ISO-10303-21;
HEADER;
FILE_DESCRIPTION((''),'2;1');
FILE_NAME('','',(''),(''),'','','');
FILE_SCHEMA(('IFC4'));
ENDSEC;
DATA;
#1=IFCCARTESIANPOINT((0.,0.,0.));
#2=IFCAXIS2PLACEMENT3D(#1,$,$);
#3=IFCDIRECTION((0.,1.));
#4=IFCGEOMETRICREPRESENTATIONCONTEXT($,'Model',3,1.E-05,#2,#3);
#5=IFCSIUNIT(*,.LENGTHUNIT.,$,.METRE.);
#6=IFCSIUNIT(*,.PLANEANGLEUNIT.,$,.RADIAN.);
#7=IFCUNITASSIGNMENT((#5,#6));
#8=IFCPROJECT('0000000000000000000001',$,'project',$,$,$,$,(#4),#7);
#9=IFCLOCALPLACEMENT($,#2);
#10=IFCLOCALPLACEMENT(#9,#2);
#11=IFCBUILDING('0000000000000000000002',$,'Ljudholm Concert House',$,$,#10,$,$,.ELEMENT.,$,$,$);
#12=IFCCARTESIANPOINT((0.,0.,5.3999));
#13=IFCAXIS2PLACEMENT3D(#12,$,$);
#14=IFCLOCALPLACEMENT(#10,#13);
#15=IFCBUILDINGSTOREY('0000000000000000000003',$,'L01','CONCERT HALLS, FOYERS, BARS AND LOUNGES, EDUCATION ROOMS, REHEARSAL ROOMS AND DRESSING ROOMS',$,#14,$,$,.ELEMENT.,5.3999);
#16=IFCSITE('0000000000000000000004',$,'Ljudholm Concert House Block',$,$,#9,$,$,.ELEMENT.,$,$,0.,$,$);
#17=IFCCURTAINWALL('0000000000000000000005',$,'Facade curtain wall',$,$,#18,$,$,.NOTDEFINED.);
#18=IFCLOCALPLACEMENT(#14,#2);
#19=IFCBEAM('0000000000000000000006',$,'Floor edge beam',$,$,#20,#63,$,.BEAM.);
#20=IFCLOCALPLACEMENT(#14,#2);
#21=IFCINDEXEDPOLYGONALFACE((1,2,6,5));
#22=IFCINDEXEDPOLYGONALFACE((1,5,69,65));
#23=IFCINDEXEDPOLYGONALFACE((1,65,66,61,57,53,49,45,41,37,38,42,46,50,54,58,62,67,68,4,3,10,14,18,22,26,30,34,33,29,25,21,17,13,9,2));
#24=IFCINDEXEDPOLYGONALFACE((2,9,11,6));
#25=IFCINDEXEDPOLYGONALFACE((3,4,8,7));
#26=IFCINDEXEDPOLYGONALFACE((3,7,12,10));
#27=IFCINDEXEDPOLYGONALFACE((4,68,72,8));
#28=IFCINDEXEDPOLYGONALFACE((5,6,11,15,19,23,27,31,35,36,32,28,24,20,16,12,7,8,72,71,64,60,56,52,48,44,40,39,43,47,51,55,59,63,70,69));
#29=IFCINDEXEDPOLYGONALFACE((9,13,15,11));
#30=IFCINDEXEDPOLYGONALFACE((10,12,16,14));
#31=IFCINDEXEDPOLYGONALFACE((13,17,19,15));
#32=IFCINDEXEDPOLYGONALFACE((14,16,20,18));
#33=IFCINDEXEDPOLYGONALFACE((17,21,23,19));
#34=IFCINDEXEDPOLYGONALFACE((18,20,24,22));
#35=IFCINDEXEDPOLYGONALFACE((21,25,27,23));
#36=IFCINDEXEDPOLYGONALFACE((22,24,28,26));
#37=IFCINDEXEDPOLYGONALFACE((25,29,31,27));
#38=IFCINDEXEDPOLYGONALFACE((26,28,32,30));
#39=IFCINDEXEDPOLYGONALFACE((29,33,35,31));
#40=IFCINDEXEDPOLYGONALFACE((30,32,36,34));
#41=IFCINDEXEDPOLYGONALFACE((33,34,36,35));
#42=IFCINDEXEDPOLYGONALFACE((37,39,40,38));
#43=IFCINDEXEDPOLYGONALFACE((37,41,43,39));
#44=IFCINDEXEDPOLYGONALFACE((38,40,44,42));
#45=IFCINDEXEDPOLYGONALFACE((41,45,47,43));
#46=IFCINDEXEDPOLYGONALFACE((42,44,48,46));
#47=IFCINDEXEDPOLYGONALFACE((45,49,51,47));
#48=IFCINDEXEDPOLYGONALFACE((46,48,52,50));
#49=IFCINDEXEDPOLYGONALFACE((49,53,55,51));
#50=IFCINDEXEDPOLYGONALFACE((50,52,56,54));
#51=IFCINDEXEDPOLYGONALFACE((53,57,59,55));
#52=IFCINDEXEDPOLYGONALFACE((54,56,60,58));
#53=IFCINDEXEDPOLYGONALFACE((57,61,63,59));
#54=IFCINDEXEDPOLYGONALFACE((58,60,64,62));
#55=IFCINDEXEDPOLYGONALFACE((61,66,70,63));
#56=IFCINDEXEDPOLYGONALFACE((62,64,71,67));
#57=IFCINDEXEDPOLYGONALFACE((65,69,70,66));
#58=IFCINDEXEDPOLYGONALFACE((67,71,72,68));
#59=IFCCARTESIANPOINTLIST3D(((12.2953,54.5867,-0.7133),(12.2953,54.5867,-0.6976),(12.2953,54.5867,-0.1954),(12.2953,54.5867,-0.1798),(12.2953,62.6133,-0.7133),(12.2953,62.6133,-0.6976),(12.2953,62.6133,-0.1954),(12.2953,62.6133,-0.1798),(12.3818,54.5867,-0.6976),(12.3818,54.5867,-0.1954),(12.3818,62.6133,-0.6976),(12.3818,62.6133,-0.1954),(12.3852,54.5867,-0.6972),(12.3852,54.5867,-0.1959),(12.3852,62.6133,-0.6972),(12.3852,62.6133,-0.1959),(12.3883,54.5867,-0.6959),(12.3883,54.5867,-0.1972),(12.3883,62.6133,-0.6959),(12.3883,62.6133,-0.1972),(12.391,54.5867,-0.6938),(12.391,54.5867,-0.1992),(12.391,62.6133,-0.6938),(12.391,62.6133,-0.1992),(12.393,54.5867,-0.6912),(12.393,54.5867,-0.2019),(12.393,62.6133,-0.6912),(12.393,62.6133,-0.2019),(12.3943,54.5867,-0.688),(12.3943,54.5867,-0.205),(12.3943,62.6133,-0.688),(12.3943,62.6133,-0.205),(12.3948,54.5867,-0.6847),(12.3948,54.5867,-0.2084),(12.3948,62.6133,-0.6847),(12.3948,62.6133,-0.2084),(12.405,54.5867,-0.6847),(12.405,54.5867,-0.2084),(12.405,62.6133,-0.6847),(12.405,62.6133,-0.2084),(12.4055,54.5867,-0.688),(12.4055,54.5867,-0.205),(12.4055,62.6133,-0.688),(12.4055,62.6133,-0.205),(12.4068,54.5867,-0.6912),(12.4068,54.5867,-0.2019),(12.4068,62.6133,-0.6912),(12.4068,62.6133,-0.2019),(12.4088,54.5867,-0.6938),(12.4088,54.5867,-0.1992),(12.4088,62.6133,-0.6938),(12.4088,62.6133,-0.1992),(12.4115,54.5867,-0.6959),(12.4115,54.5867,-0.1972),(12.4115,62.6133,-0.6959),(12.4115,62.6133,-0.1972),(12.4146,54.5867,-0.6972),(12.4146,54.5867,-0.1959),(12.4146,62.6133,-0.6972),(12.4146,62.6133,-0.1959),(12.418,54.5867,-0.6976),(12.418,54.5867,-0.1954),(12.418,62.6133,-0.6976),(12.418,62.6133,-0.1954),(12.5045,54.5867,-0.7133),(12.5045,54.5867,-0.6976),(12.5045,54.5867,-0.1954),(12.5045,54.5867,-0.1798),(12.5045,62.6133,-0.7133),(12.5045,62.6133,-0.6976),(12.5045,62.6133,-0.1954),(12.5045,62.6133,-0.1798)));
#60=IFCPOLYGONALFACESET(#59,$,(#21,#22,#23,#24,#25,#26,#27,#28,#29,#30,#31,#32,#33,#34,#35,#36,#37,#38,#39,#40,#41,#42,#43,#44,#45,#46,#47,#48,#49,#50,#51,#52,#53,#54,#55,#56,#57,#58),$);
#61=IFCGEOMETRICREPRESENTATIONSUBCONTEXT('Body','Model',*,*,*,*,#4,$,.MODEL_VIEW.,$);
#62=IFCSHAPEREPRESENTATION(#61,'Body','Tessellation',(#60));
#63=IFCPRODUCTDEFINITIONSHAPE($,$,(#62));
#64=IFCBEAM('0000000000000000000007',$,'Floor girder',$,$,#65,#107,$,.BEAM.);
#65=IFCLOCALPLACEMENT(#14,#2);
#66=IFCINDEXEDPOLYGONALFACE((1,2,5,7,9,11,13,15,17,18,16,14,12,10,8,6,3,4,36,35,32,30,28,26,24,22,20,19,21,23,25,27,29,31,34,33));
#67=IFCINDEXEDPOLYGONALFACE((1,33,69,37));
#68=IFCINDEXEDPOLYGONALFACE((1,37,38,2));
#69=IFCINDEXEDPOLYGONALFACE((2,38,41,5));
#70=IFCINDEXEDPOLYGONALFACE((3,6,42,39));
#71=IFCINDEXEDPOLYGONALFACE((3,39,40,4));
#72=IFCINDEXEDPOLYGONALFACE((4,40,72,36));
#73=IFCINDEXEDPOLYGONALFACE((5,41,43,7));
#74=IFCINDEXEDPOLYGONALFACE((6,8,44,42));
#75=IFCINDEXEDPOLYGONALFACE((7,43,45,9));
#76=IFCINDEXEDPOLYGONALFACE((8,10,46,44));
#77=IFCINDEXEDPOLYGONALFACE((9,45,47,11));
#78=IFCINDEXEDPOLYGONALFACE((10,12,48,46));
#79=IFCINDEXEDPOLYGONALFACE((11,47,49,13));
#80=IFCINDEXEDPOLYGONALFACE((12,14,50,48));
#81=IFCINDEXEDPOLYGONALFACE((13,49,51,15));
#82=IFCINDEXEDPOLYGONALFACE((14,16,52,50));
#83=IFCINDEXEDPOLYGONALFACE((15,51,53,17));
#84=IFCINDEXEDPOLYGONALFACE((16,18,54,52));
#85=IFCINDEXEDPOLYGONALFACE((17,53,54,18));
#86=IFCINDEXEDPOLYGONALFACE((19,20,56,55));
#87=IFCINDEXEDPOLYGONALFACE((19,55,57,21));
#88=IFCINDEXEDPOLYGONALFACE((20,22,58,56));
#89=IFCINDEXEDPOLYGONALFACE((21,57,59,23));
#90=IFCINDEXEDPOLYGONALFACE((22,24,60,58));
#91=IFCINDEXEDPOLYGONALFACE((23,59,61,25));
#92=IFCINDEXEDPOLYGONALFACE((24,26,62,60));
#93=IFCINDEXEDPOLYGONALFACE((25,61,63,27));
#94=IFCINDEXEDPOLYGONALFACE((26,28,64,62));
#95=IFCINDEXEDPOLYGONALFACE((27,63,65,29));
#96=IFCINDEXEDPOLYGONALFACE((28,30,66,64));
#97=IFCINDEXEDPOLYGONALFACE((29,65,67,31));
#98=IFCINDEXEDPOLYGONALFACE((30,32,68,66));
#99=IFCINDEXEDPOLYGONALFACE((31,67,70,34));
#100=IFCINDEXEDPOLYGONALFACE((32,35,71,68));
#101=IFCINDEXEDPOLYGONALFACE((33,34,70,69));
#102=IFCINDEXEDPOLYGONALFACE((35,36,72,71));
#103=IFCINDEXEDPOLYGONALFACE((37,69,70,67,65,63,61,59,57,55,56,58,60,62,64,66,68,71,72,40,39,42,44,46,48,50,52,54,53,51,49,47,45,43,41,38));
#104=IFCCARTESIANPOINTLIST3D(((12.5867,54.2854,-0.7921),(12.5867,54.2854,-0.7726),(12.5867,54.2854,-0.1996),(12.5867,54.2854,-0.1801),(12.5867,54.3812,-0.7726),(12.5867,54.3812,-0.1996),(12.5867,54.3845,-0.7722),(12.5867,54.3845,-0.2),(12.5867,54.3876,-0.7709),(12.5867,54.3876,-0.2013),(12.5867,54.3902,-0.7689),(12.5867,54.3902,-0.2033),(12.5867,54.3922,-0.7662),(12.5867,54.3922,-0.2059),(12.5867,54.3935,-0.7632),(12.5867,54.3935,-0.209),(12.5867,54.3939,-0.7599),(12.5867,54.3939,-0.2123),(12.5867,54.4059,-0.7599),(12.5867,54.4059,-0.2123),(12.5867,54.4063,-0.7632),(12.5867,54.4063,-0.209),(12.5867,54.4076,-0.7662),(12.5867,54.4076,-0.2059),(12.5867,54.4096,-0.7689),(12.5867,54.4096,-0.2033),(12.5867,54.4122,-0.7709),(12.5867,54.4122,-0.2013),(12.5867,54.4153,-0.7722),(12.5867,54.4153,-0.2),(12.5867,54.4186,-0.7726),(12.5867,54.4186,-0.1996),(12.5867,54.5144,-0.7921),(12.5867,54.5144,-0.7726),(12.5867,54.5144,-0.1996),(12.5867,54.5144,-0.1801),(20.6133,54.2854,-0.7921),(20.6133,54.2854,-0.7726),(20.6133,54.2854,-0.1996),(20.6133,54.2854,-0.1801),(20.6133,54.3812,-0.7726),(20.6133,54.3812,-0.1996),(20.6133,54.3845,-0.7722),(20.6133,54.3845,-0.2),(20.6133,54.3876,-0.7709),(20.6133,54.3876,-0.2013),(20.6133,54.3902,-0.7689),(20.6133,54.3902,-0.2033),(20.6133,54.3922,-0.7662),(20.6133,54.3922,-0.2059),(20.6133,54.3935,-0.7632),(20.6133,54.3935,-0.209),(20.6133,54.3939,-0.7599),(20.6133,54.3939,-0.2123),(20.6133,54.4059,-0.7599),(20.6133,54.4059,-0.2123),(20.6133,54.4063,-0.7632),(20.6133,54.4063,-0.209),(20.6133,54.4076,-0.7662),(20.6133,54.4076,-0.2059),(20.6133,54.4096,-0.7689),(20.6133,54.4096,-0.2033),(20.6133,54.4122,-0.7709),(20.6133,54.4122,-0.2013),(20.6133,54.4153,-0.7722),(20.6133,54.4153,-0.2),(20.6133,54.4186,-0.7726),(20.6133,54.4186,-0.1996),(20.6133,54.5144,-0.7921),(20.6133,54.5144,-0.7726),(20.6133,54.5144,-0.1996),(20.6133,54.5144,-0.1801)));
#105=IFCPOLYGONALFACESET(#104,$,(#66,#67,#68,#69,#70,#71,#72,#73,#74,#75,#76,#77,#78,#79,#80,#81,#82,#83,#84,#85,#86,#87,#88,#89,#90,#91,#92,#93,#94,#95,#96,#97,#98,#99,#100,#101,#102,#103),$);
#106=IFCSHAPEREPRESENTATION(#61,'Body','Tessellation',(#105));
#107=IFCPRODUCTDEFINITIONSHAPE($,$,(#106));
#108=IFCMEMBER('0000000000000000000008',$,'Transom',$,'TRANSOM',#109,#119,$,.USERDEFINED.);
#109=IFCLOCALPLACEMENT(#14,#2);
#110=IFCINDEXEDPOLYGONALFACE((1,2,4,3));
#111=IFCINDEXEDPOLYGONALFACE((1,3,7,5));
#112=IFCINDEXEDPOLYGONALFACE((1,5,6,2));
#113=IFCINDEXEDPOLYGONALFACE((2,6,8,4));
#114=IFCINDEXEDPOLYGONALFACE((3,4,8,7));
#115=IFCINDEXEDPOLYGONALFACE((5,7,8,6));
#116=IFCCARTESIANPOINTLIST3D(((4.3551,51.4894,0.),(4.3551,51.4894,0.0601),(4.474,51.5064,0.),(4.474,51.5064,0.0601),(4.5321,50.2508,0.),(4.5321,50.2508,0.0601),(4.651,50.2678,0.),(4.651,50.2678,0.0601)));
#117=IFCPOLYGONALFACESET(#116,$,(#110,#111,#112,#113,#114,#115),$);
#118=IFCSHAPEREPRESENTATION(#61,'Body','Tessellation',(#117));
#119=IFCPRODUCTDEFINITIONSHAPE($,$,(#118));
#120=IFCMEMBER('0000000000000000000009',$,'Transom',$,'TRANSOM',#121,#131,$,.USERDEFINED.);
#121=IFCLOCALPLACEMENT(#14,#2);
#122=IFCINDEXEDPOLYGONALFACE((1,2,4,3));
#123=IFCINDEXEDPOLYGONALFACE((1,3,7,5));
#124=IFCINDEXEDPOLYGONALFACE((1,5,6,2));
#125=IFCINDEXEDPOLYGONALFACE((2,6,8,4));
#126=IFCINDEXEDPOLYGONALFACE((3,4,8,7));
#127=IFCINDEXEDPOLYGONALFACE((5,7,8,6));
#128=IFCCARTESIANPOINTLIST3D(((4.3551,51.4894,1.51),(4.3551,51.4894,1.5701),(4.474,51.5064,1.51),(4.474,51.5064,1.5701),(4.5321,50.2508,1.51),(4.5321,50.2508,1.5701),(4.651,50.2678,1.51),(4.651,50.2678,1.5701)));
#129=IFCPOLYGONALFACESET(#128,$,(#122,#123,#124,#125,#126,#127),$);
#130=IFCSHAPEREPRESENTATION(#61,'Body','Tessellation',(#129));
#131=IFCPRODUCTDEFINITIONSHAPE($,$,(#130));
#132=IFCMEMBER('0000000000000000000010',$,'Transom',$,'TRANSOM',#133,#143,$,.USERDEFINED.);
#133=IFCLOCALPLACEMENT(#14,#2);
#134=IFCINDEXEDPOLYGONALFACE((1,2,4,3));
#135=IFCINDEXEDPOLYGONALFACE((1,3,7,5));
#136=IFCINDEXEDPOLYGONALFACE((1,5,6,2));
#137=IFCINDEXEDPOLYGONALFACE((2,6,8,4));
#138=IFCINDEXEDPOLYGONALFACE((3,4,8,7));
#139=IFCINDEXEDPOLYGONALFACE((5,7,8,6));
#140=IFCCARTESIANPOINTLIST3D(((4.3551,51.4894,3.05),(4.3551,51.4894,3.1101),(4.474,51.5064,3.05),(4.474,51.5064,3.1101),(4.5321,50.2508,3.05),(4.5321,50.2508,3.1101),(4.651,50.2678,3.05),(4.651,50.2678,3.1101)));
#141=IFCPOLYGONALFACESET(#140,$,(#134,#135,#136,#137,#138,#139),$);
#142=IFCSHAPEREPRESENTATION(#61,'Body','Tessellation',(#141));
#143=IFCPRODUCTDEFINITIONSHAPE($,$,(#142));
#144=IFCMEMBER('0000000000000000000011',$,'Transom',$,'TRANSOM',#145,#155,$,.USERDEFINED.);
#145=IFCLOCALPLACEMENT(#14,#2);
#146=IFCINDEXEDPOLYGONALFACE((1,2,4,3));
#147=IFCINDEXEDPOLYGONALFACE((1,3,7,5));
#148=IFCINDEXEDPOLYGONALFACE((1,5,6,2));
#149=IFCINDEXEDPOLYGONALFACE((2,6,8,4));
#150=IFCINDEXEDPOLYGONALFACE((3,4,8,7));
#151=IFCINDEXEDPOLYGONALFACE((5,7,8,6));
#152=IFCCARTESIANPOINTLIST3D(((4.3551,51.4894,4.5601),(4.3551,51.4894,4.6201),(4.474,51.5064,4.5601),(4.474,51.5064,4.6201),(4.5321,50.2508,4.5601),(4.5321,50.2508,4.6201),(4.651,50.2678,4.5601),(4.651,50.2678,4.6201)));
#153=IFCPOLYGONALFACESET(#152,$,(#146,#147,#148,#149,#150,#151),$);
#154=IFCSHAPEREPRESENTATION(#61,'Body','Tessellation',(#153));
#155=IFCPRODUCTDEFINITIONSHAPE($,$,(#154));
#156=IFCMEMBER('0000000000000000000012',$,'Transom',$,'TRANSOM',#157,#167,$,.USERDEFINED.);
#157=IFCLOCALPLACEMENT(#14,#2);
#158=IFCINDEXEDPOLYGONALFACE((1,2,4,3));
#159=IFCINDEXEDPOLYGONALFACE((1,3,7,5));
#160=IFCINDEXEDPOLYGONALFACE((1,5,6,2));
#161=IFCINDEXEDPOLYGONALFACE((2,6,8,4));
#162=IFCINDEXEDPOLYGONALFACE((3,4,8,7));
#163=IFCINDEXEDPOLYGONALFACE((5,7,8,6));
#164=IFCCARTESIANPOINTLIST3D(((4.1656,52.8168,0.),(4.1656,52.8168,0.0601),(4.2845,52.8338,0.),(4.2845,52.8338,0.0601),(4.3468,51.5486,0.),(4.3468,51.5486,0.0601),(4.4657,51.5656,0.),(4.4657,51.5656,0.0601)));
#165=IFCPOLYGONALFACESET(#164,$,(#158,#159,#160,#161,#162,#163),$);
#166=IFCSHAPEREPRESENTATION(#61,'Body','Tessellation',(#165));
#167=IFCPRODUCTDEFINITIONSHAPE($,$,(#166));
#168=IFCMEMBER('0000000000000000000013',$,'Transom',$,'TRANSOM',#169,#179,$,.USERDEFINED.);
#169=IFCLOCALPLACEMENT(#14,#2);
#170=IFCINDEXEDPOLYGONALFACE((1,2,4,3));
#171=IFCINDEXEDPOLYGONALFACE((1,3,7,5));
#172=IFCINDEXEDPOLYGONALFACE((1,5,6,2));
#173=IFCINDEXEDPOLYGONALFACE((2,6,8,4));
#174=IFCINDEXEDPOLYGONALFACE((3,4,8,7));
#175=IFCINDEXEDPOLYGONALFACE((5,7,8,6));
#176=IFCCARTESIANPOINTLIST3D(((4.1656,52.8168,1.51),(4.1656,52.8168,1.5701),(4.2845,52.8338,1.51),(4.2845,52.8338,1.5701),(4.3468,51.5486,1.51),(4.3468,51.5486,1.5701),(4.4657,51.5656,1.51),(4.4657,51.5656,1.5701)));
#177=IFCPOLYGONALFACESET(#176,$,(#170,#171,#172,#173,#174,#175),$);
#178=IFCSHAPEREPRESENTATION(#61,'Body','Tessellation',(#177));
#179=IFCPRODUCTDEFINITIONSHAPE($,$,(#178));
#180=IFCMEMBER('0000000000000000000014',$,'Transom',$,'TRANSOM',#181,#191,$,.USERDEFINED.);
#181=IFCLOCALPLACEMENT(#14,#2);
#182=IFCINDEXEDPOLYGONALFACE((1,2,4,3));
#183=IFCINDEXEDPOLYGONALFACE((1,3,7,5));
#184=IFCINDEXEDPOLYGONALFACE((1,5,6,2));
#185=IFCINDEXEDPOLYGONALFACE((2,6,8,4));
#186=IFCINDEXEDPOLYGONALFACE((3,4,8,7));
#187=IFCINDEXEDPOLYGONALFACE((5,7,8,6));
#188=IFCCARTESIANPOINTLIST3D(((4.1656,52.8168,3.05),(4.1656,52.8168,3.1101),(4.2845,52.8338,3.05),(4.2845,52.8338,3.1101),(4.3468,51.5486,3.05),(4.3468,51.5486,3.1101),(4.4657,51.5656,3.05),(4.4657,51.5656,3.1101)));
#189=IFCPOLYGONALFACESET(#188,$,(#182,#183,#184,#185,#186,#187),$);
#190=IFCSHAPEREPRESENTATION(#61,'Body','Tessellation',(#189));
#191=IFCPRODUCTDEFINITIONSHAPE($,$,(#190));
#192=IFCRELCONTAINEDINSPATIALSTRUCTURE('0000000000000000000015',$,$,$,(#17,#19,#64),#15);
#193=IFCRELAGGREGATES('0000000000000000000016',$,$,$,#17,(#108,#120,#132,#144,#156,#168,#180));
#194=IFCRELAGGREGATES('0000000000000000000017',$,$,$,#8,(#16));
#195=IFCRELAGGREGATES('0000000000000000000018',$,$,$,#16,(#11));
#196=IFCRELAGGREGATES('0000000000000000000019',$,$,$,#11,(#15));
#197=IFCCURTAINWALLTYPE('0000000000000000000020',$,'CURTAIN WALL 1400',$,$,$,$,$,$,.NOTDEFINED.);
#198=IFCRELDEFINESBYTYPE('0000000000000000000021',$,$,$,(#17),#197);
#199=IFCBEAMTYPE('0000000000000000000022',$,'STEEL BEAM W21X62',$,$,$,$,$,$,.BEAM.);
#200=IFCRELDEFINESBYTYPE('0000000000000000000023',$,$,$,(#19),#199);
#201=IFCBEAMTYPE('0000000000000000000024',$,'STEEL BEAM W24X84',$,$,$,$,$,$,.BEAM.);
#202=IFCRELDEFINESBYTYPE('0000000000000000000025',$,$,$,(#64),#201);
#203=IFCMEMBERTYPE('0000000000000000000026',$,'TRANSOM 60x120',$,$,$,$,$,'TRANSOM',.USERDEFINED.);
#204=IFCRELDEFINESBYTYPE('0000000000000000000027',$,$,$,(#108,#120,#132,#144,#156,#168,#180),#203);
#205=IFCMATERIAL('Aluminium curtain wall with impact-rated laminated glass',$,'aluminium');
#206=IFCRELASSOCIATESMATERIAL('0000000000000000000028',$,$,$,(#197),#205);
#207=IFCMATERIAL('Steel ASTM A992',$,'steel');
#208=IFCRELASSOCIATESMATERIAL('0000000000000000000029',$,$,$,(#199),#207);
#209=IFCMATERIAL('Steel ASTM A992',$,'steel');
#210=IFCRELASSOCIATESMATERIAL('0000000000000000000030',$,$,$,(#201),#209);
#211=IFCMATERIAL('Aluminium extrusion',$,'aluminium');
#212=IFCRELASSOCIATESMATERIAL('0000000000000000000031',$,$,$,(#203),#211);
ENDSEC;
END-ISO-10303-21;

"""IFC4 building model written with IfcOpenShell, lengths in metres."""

from ifc_helpers import new_model, si_unit, direction, frame, origin, origin_2d, place, context, subcontext, project, spatial, rectangle, i_section, extrude, material, material_profile, profile_set, type_object, element, aggregate, save


model = new_model("IFC4")

# Units and contexts
model_context = context("Model", 3, precision=1e-05, world=origin(), true_north=direction((0.0, 1.0)))
body_context = subcontext(model_context, "Body", "Model", "MODEL_VIEW")
ifc_project = project(units=[si_unit("LENGTHUNIT", "METRE"), si_unit("PLANEANGLEUNIT", "RADIAN")], contexts=[model_context])

# Site, building, storey
site_placement = place(None, origin())
site = spatial("IfcSite", under=ifc_project, at=site_placement, Name="Ljudholm Concert House Block", CompositionType="ELEMENT", RefElevation=0.0)
building_placement = place(site_placement, origin())
building = spatial("IfcBuilding", under=site, at=building_placement, Name="Ljudholm Concert House", CompositionType="ELEMENT")
storey_placement = place(building_placement, frame((0.0, 0.0, 5.3999)))
storey = spatial("IfcBuildingStorey", under=building, at=storey_placement, Name="L01", Description="CONCERT HALLS, FOYERS, BARS AND LOUNGES, EDUCATION ROOMS, REHEARSAL ROOMS AND DRESSING ROOMS", CompositionType="ELEMENT", Elevation=5.3999)

# Curtain wall
ifc_material_1 = material(Name="Aluminium curtain wall with impact-rated laminated glass", Category="aluminium")
curtain_wall_type = type_object("IfcCurtainWallType", Name="CURTAIN WALL 1400", PredefinedType="NOTDEFINED", material=ifc_material_1)
curtain_wall_placement = place(storey_placement, origin())
curtain_wall = element("IfcCurtainWall", 1, at=curtain_wall_placement, inside=storey, type_object=curtain_wall_type, Name="Facade curtain wall", PredefinedType="NOTDEFINED")

# Beams
ifc_material_2 = material(Name="Steel ASTM A992", Category="steel")
ifc_material_profile_1 = material_profile(ifc_material_2, i_section(OverallWidth=0.2092, OverallDepth=0.5334, WebThickness=0.0103, FlangeThickness=0.0156, FilletRadius=0.0129, at=origin_2d()), Name="W21X62")
ifc_profile_set_1 = profile_set([ifc_material_profile_1], Name="Steel ASTM A992")
beam_type_1 = type_object("IfcBeamType", Name="STEEL BEAM W21X62", PredefinedType="BEAM", material=ifc_profile_set_1)
beam_1_placement = place(storey_placement, frame((12.3999, 54.5867, -0.4465), z_axis=(0.0, 1.0, 0.0), x_axis=(-1.0, 0.0, 0.0)))
element("IfcBeam", 2, at=beam_1_placement, inside=storey, type_object=beam_type_1, Name="Floor edge beam", PredefinedType="BEAM", context=body_context, shape_type="SweptSolid", body=[
    extrude(i_section(OverallWidth=0.2092, OverallDepth=0.5334, WebThickness=0.0103, FlangeThickness=0.0156, FilletRadius=0.0129, at=origin_2d()), origin(), (0.0, 0.0, 1.0), 8.0266),
])
ifc_material_3 = material(Name="Steel ASTM A992", Category="steel")
ifc_material_profile_2 = material_profile(ifc_material_3, i_section(OverallWidth=0.229, OverallDepth=0.6121, WebThickness=0.012, FlangeThickness=0.0195, FilletRadius=0.0127, at=origin_2d()), Name="W24X84")
ifc_profile_set_2 = profile_set([ifc_material_profile_2], Name="Steel ASTM A992")
beam_type_2 = type_object("IfcBeamType", Name="STEEL BEAM W24X84", PredefinedType="BEAM", material=ifc_profile_set_2)
beam_2_placement = place(storey_placement, frame((12.5867, 54.3999, -0.4861), z_axis=(1.0, 0.0, 0.0), x_axis=(0.0, 1.0, 0.0)))
element("IfcBeam", 3, at=beam_2_placement, inside=storey, type_object=beam_type_2, Name="Floor girder", PredefinedType="BEAM", context=body_context, shape_type="SweptSolid", body=[
    extrude(i_section(OverallWidth=0.229, OverallDepth=0.6121, WebThickness=0.012, FlangeThickness=0.0195, FilletRadius=0.0127, at=origin_2d()), origin(), (0.0, 0.0, 1.0), 8.0266),
])

# Members
ifc_material_4 = material(Name="Aluminium extrusion", Category="aluminium")
ifc_material_profile_3 = material_profile(ifc_material_4, rectangle(XDim=0.1201, YDim=0.0601, at=origin_2d()), Name="TRANSOM 60x120")
ifc_profile_set_3 = profile_set([ifc_material_profile_3], Name="Aluminium extrusion")
member_type_1 = type_object("IfcMemberType", Name="TRANSOM 60x120", ElementType="TRANSOM", PredefinedType="USERDEFINED", material=ifc_profile_set_3)
member_1_placement = place(storey_placement, frame((4.5916, 50.2593, 0.03), z_axis=(-0.141476, 0.989942, 0.0), x_axis=(-0.989942, -0.141476, 0.0)))
member_1 = element("IfcMember", 4, at=member_1_placement, type_object=member_type_1, Name="Transom", ObjectType="TRANSOM", PredefinedType="USERDEFINED", context=body_context, shape_type="SweptSolid", body=[
    extrude(rectangle(XDim=0.1201, YDim=0.0601, at=origin_2d()), origin(), (0.0, 0.0, 1.0), 1.2512),
])
member_2_placement = place(storey_placement, frame((4.5916, 50.2593, 1.54), z_axis=(-0.141476, 0.989942, 0.0), x_axis=(-0.989942, -0.141476, 0.0)))
member_2 = element("IfcMember", 5, at=member_2_placement, type_object=member_type_1, Name="Transom", ObjectType="TRANSOM", PredefinedType="USERDEFINED", context=body_context, shape_type="SweptSolid", body=[
    extrude(rectangle(XDim=0.1201, YDim=0.0601, at=origin_2d()), origin(), (0.0, 0.0, 1.0), 1.2512),
])
member_3_placement = place(storey_placement, frame((4.5916, 50.2593, 3.0801), z_axis=(-0.141476, 0.989942, 0.0), x_axis=(-0.989942, -0.141476, 0.0)))
member_3 = element("IfcMember", 6, at=member_3_placement, type_object=member_type_1, Name="Transom", ObjectType="TRANSOM", PredefinedType="USERDEFINED", context=body_context, shape_type="SweptSolid", body=[
    extrude(rectangle(XDim=0.1201, YDim=0.0601, at=origin_2d()), origin(), (0.0, 0.0, 1.0), 1.2512),
])
member_4_placement = place(storey_placement, frame((4.5916, 50.2593, 4.5901), z_axis=(-0.141476, 0.989942, 0.0), x_axis=(-0.989942, -0.141476, 0.0)))
member_4 = element("IfcMember", 7, at=member_4_placement, type_object=member_type_1, Name="Transom", ObjectType="TRANSOM", PredefinedType="USERDEFINED", context=body_context, shape_type="SweptSolid", body=[
    extrude(rectangle(XDim=0.1201, YDim=0.0601, at=origin_2d()), origin(), (0.0, 0.0, 1.0), 1.2512),
])
member_5_placement = place(storey_placement, frame((4.4062, 51.5571, 0.03), z_axis=(-0.141421, 0.989949, 0.0), x_axis=(-0.989949, -0.141421, 0.0)))
member_5 = element("IfcMember", 8, at=member_5_placement, type_object=member_type_1, Name="Transom", ObjectType="TRANSOM", PredefinedType="USERDEFINED", context=body_context, shape_type="SweptSolid", body=[
    extrude(rectangle(XDim=0.1201, YDim=0.0601, at=origin_2d()), origin(), (0.0, 0.0, 1.0), 1.281),
])
member_6_placement = place(storey_placement, frame((4.4062, 51.5571, 1.54), z_axis=(-0.141421, 0.989949, 0.0), x_axis=(-0.989949, -0.141421, 0.0)))
member_6 = element("IfcMember", 9, at=member_6_placement, type_object=member_type_1, Name="Transom", ObjectType="TRANSOM", PredefinedType="USERDEFINED", context=body_context, shape_type="SweptSolid", body=[
    extrude(rectangle(XDim=0.1201, YDim=0.0601, at=origin_2d()), origin(), (0.0, 0.0, 1.0), 1.281),
])
member_7_placement = place(storey_placement, frame((4.4062, 51.5571, 3.0801), z_axis=(-0.141421, 0.989949, 0.0), x_axis=(-0.989949, -0.141421, 0.0)))
member_7 = element("IfcMember", 10, at=member_7_placement, type_object=member_type_1, Name="Transom", ObjectType="TRANSOM", PredefinedType="USERDEFINED", context=body_context, shape_type="SweptSolid", body=[
    extrude(rectangle(XDim=0.1201, YDim=0.0601, at=origin_2d()), origin(), (0.0, 0.0, 1.0), 1.281),
])

aggregate(curtain_wall, [member_1, member_2, member_3, member_4, member_5, member_6, member_7])

save(model, "model.ifc")
